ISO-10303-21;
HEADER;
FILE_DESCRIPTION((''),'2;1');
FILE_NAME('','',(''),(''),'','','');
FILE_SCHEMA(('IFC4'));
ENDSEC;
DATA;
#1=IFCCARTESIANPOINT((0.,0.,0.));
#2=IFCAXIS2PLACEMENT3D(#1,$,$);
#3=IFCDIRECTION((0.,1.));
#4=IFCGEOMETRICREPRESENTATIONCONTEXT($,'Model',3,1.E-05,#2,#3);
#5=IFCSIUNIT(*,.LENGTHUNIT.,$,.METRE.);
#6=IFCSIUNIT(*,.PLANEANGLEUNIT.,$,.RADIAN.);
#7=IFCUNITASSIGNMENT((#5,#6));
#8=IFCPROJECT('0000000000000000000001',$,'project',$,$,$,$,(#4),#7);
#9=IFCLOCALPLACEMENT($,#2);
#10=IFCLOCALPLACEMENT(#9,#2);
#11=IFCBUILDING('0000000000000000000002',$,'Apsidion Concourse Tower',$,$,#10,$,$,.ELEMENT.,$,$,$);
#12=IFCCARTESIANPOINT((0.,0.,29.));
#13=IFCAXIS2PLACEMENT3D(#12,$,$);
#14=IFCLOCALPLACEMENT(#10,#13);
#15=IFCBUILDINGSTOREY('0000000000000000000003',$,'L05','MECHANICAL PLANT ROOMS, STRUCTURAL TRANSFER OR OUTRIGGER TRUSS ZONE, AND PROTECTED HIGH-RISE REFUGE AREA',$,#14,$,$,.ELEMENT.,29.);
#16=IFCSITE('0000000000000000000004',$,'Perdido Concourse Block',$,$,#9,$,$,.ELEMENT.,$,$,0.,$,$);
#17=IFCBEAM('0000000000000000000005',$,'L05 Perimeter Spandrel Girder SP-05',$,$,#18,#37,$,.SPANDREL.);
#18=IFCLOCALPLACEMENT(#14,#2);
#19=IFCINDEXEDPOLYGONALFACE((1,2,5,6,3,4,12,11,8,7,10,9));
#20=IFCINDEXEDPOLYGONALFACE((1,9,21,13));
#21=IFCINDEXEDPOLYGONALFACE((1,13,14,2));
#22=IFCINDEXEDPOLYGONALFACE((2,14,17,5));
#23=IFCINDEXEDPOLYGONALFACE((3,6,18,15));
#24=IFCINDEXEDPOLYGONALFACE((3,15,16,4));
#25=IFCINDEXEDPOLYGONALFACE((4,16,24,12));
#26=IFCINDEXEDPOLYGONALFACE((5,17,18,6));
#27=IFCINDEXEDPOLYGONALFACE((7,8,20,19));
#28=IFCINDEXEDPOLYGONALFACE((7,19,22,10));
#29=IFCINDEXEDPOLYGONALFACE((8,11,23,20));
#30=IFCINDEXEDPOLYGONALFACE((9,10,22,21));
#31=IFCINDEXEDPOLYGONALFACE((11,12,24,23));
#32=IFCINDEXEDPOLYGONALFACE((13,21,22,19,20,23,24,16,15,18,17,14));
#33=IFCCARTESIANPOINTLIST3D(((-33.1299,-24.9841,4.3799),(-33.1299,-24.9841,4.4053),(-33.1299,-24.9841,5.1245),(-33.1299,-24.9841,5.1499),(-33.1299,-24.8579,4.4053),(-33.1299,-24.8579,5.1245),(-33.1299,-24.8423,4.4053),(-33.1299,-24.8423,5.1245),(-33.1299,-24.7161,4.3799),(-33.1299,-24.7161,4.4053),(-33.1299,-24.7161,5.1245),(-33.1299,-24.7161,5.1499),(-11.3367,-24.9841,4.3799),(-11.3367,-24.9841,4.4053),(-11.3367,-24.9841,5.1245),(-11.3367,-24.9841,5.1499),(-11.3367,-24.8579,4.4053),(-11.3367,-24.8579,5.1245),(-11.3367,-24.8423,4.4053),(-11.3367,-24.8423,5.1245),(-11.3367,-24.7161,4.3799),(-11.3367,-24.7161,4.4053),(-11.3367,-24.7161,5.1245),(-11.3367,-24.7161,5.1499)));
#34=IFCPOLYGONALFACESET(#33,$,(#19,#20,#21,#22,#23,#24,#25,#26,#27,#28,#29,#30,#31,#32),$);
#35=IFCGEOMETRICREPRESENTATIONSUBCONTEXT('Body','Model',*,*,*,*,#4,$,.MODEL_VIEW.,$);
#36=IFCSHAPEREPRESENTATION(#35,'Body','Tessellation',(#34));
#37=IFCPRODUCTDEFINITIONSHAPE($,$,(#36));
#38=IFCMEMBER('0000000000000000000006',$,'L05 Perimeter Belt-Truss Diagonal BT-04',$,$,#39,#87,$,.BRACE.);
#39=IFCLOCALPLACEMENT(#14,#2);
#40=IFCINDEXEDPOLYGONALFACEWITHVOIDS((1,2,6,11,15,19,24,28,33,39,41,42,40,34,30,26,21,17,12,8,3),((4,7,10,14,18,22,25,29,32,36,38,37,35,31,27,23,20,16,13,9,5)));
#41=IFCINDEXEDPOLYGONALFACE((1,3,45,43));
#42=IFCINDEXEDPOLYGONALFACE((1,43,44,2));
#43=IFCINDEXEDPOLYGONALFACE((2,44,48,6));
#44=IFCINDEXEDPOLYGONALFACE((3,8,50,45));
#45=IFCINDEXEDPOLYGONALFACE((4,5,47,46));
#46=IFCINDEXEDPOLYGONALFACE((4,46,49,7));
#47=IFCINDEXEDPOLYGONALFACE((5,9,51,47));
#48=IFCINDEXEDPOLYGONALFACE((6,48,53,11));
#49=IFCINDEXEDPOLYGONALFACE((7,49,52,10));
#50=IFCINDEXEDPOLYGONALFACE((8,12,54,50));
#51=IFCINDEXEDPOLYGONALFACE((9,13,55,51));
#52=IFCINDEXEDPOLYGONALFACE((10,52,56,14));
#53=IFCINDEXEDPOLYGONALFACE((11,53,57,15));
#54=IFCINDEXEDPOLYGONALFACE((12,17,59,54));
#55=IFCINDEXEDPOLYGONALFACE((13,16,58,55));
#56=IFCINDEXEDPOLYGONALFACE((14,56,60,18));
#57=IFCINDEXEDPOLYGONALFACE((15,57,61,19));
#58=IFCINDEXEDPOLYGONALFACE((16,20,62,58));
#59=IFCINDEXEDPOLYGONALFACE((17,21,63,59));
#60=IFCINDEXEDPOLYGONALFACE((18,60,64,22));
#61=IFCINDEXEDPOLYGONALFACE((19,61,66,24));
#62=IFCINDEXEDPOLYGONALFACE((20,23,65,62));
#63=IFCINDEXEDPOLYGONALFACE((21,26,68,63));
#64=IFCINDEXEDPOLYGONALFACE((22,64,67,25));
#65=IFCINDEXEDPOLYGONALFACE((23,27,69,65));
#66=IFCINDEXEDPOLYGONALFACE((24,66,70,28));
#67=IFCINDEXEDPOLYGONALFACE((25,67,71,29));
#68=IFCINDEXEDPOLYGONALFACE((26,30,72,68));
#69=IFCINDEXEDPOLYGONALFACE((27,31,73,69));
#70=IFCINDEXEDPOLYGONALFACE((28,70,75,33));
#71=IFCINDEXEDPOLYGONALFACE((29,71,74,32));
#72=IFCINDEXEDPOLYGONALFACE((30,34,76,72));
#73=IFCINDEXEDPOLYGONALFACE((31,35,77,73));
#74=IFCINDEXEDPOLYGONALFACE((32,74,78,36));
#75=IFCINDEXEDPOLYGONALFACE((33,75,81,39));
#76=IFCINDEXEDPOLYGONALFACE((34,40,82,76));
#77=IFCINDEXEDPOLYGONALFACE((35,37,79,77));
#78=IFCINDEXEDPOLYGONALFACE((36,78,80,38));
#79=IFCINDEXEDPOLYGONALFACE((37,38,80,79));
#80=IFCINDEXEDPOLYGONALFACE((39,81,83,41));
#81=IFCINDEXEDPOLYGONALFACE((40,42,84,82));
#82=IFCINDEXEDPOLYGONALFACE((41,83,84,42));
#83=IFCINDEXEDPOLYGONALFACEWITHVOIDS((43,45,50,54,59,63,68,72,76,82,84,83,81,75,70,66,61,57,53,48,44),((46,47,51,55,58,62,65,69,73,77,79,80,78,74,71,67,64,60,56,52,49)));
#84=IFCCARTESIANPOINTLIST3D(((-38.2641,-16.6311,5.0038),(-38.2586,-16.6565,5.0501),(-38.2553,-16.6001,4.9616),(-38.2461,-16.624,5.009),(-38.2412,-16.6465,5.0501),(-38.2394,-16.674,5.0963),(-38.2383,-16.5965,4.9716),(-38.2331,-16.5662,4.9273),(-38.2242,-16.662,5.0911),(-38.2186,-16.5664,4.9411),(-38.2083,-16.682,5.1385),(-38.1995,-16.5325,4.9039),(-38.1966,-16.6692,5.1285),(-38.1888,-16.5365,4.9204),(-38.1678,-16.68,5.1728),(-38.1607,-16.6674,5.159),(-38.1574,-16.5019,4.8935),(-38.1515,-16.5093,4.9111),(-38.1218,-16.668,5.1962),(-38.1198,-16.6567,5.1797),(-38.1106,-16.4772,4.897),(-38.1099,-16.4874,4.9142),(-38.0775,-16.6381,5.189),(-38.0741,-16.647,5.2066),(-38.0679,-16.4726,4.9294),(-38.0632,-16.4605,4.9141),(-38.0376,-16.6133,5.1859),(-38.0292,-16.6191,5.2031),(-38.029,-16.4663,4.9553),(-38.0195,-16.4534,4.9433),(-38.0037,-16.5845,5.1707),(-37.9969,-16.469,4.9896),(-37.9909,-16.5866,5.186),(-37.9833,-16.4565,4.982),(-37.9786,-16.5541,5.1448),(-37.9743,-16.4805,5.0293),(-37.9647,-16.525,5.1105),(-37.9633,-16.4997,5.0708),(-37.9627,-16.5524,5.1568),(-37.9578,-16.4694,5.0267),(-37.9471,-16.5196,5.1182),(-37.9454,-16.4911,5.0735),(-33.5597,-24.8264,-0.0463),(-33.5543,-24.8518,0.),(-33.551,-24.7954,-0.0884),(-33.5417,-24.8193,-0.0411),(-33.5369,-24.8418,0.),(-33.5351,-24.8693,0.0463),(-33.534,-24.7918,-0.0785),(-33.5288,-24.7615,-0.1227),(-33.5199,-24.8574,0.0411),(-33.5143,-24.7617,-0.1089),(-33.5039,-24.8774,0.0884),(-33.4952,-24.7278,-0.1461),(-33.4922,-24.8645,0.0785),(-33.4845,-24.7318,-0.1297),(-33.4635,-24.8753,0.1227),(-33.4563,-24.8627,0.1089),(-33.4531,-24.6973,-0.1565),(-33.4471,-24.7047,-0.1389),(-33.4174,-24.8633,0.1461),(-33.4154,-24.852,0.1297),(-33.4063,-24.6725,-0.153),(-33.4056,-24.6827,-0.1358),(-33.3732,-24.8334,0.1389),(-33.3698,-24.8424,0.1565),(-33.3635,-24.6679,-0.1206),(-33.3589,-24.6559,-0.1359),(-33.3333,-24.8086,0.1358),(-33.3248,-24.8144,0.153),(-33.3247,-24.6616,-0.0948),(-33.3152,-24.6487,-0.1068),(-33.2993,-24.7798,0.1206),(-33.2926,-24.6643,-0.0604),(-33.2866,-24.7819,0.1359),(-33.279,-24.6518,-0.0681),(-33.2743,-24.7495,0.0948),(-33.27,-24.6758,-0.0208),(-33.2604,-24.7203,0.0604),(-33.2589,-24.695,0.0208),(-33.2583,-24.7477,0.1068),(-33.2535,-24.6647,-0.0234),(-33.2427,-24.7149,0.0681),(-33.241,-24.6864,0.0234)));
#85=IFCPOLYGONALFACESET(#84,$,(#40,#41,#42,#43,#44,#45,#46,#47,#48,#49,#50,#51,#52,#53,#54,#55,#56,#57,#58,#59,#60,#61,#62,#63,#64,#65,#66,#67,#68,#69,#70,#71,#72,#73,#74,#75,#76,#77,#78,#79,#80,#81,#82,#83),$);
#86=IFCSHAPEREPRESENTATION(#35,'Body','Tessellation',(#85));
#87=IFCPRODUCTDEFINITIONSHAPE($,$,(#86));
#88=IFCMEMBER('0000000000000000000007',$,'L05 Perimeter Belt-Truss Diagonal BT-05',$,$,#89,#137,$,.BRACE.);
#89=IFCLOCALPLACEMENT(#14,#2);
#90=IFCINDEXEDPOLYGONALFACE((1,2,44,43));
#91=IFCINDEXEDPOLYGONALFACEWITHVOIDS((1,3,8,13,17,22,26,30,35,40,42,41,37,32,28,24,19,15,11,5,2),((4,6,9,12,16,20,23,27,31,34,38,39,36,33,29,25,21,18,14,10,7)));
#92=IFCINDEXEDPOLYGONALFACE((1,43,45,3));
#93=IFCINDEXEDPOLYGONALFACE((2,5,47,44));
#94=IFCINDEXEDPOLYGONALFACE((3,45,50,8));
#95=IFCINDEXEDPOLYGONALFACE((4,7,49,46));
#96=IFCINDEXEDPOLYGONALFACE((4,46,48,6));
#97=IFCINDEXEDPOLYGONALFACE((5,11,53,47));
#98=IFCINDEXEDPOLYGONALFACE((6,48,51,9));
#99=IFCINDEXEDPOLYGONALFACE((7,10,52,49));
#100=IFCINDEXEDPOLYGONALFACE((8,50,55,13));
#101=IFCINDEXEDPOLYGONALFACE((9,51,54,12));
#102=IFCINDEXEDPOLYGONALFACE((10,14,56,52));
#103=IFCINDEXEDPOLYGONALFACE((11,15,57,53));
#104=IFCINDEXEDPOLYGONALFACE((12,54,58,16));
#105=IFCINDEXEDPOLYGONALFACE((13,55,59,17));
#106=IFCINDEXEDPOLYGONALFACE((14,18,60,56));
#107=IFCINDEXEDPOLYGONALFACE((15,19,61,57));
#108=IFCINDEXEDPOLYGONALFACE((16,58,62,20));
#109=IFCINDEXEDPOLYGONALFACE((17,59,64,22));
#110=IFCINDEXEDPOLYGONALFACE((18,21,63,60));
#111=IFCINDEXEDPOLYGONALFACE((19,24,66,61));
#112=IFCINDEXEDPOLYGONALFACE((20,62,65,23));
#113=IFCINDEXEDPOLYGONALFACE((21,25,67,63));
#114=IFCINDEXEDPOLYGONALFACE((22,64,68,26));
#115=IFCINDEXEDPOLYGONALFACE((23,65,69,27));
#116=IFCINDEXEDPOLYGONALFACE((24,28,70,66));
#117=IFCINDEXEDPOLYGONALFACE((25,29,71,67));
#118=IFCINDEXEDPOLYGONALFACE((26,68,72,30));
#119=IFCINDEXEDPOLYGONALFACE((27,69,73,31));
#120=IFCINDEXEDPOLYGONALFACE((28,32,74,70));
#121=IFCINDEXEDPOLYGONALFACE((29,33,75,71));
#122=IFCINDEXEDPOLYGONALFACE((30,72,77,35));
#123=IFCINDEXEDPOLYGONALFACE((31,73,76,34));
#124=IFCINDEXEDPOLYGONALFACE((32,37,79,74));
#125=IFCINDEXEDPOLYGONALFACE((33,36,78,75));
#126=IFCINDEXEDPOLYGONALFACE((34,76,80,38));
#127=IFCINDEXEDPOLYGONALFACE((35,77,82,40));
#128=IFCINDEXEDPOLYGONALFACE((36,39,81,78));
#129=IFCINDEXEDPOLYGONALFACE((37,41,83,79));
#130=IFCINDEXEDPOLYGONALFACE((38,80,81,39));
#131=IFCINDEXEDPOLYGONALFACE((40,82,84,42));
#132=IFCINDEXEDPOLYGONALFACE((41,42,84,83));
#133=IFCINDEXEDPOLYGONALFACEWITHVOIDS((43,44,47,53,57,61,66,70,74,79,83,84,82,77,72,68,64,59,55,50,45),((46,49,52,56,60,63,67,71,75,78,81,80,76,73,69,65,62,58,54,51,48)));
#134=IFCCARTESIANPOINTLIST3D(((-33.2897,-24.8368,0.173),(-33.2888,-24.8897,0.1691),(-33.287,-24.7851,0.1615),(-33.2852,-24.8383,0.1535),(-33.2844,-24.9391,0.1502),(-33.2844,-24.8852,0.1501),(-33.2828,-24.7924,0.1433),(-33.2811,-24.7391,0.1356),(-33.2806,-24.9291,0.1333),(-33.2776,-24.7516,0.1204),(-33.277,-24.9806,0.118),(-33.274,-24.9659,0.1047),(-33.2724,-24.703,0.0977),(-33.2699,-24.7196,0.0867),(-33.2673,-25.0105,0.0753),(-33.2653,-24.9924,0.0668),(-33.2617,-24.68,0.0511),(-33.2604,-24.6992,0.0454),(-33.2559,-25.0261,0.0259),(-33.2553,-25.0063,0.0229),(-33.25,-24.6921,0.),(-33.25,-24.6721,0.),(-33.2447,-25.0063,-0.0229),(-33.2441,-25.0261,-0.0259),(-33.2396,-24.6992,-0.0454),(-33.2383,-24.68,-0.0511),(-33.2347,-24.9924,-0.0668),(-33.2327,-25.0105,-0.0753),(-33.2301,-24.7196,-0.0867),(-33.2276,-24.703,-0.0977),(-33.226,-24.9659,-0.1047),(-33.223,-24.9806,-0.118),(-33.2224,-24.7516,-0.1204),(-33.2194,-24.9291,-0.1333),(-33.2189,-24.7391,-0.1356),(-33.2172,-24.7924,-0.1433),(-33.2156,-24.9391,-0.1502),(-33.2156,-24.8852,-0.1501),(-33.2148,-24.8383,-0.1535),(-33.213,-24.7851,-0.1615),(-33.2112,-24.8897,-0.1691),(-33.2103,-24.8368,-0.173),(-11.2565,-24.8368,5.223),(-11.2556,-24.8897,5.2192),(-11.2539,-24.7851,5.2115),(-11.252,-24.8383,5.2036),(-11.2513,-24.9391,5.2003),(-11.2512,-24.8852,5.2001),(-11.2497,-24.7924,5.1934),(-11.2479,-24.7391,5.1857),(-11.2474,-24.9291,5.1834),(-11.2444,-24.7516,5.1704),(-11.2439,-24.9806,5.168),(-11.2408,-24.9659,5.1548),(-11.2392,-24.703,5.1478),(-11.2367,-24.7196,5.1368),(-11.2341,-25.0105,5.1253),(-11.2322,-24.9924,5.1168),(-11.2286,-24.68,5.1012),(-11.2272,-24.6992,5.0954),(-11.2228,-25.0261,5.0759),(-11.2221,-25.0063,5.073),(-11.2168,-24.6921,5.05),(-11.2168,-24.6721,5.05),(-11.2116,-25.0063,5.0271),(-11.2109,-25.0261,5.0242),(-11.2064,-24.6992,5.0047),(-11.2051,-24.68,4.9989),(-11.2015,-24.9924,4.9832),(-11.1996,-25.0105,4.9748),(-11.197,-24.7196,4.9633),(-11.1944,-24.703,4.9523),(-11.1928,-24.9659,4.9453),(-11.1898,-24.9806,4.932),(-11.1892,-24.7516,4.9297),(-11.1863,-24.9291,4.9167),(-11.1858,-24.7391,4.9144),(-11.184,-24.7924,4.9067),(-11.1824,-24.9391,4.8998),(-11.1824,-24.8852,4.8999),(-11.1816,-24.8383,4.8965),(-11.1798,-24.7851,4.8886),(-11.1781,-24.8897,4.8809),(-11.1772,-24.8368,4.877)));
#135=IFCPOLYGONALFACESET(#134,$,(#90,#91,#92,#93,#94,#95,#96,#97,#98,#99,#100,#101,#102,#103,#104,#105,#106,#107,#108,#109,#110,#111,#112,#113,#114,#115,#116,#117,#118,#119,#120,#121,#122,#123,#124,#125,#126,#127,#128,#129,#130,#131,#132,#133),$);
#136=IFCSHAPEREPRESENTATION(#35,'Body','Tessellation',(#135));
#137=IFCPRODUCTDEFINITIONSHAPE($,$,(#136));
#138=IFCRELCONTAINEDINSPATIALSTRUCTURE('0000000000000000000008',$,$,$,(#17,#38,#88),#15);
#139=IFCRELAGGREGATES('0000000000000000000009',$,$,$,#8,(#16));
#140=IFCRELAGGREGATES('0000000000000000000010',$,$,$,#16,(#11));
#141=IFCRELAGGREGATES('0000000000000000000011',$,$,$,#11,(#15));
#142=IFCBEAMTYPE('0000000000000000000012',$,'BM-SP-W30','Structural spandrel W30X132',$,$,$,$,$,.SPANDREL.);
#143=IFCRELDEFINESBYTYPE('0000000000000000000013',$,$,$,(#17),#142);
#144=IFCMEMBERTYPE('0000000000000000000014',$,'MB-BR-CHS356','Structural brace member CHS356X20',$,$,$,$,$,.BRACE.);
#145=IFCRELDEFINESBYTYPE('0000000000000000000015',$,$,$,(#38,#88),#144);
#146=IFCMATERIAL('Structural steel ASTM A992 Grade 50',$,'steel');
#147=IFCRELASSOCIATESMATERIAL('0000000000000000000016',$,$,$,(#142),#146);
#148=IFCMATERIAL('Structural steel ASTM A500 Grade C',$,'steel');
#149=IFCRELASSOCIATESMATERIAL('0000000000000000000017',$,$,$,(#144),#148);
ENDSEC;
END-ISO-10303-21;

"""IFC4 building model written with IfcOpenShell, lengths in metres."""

from ifc_helpers import new_model, si_unit, direction, frame, origin, origin_2d, place, context, subcontext, project, spatial, hollow_circle, i_section, extrude, material, material_profile, profile_set, type_object, element, save


model = new_model("IFC4")

# Units and contexts
model_context = context("Model", 3, precision=1e-05, world=origin(), true_north=direction((0.0, 1.0)))
body_context = subcontext(model_context, "Body", "Model", "MODEL_VIEW")
ifc_project = project(units=[si_unit("LENGTHUNIT", "METRE"), si_unit("PLANEANGLEUNIT", "RADIAN")], contexts=[model_context])

# Site, building, storey
site_placement = place(None, origin())
site = spatial("IfcSite", under=ifc_project, at=site_placement, Name="Perdido Concourse Block", CompositionType="ELEMENT", RefElevation=0.0)
building_placement = place(site_placement, origin())
building = spatial("IfcBuilding", under=site, at=building_placement, Name="Apsidion Concourse Tower", CompositionType="ELEMENT")
storey_placement = place(building_placement, frame((0.0, 0.0, 29.0)))
storey = spatial("IfcBuildingStorey", under=building, at=storey_placement, Name="L05", Description="MECHANICAL PLANT ROOMS, STRUCTURAL TRANSFER OR OUTRIGGER TRUSS ZONE, AND PROTECTED HIGH-RISE REFUGE AREA", CompositionType="ELEMENT", Elevation=29.0)

# Beam
ifc_material_1 = material(Name="Structural steel ASTM A992 Grade 50", Category="steel")
ifc_material_profile_1 = material_profile(ifc_material_1, i_section(OverallWidth=0.2681, OverallDepth=0.77, WebThickness=0.0156, FlangeThickness=0.0254, at=origin_2d()), Name="W30X132")
ifc_profile_set_1 = profile_set([ifc_material_profile_1], Name="Structural steel ASTM A992 Grade 50")
beam_type_1 = type_object("IfcBeamType", Name="BM-SP-W30", Description="Structural spandrel W30X132", PredefinedType="SPANDREL", material=ifc_profile_set_1)
beam_1_placement = place(storey_placement, frame((-33.1299, -24.8501, 4.7649), z_axis=(1.0, 0.0, 0.0), x_axis=(0.0, 1.0, 0.0)))
element("IfcBeam", 1, at=beam_1_placement, inside=storey, type_object=beam_type_1, Name="L05 Perimeter Spandrel Girder SP-05", PredefinedType="SPANDREL", context=body_context, shape_type="SweptSolid", body=[
    extrude(i_section(OverallWidth=0.2681, OverallDepth=0.77, WebThickness=0.0156, FlangeThickness=0.0254, at=origin_2d()), origin(), (0.0, 0.0, 1.0), 21.7932),
])

# Members
ifc_material_2 = material(Name="Structural steel ASTM A500 Grade C", Category="steel")
ifc_material_profile_2 = material_profile(ifc_material_2, hollow_circle(Radius=0.178, WallThickness=0.02, at=origin_2d()), Name="CHS356X20")
ifc_profile_set_2 = profile_set([ifc_material_profile_2], Name="Structural steel ASTM A500 Grade C")
member_type_1 = type_object("IfcMemberType", Name="MB-BR-CHS356", Description="Structural brace member CHS356X20", PredefinedType="BRACE", material=ifc_profile_set_2)
member_1_placement = place(storey_placement, frame((-33.3999, -24.7632, 0.0), z_axis=(-0.43907, 0.764892, 0.471336), x_axis=(-0.86727, -0.497838, 0.0)))
element("IfcMember", 2, at=member_1_placement, inside=storey, type_object=member_type_1, Name="L05 Perimeter Belt-Truss Diagonal BT-04", PredefinedType="BRACE", context=body_context, shape_type="SweptSolid", body=[
    extrude(hollow_circle(Radius=0.178, WallThickness=0.02, at=origin_2d()), origin(), (0.0, 0.0, 1.0), 10.7144),
])
member_2_placement = place(storey_placement, frame((-33.25, -24.8501, 0.0), z_axis=(0.974725, 0.0, 0.223409), x_axis=(0.0, 1.0, 0.0)))
element("IfcMember", 3, at=member_2_placement, inside=storey, type_object=member_type_1, Name="L05 Perimeter Belt-Truss Diagonal BT-05", PredefinedType="BRACE", context=body_context, shape_type="SweptSolid", body=[
    extrude(hollow_circle(Radius=0.178, WallThickness=0.02, at=origin_2d()), origin(), (0.0, 0.0, 1.0), 22.6045),
])

save(model, "model.ifc")
